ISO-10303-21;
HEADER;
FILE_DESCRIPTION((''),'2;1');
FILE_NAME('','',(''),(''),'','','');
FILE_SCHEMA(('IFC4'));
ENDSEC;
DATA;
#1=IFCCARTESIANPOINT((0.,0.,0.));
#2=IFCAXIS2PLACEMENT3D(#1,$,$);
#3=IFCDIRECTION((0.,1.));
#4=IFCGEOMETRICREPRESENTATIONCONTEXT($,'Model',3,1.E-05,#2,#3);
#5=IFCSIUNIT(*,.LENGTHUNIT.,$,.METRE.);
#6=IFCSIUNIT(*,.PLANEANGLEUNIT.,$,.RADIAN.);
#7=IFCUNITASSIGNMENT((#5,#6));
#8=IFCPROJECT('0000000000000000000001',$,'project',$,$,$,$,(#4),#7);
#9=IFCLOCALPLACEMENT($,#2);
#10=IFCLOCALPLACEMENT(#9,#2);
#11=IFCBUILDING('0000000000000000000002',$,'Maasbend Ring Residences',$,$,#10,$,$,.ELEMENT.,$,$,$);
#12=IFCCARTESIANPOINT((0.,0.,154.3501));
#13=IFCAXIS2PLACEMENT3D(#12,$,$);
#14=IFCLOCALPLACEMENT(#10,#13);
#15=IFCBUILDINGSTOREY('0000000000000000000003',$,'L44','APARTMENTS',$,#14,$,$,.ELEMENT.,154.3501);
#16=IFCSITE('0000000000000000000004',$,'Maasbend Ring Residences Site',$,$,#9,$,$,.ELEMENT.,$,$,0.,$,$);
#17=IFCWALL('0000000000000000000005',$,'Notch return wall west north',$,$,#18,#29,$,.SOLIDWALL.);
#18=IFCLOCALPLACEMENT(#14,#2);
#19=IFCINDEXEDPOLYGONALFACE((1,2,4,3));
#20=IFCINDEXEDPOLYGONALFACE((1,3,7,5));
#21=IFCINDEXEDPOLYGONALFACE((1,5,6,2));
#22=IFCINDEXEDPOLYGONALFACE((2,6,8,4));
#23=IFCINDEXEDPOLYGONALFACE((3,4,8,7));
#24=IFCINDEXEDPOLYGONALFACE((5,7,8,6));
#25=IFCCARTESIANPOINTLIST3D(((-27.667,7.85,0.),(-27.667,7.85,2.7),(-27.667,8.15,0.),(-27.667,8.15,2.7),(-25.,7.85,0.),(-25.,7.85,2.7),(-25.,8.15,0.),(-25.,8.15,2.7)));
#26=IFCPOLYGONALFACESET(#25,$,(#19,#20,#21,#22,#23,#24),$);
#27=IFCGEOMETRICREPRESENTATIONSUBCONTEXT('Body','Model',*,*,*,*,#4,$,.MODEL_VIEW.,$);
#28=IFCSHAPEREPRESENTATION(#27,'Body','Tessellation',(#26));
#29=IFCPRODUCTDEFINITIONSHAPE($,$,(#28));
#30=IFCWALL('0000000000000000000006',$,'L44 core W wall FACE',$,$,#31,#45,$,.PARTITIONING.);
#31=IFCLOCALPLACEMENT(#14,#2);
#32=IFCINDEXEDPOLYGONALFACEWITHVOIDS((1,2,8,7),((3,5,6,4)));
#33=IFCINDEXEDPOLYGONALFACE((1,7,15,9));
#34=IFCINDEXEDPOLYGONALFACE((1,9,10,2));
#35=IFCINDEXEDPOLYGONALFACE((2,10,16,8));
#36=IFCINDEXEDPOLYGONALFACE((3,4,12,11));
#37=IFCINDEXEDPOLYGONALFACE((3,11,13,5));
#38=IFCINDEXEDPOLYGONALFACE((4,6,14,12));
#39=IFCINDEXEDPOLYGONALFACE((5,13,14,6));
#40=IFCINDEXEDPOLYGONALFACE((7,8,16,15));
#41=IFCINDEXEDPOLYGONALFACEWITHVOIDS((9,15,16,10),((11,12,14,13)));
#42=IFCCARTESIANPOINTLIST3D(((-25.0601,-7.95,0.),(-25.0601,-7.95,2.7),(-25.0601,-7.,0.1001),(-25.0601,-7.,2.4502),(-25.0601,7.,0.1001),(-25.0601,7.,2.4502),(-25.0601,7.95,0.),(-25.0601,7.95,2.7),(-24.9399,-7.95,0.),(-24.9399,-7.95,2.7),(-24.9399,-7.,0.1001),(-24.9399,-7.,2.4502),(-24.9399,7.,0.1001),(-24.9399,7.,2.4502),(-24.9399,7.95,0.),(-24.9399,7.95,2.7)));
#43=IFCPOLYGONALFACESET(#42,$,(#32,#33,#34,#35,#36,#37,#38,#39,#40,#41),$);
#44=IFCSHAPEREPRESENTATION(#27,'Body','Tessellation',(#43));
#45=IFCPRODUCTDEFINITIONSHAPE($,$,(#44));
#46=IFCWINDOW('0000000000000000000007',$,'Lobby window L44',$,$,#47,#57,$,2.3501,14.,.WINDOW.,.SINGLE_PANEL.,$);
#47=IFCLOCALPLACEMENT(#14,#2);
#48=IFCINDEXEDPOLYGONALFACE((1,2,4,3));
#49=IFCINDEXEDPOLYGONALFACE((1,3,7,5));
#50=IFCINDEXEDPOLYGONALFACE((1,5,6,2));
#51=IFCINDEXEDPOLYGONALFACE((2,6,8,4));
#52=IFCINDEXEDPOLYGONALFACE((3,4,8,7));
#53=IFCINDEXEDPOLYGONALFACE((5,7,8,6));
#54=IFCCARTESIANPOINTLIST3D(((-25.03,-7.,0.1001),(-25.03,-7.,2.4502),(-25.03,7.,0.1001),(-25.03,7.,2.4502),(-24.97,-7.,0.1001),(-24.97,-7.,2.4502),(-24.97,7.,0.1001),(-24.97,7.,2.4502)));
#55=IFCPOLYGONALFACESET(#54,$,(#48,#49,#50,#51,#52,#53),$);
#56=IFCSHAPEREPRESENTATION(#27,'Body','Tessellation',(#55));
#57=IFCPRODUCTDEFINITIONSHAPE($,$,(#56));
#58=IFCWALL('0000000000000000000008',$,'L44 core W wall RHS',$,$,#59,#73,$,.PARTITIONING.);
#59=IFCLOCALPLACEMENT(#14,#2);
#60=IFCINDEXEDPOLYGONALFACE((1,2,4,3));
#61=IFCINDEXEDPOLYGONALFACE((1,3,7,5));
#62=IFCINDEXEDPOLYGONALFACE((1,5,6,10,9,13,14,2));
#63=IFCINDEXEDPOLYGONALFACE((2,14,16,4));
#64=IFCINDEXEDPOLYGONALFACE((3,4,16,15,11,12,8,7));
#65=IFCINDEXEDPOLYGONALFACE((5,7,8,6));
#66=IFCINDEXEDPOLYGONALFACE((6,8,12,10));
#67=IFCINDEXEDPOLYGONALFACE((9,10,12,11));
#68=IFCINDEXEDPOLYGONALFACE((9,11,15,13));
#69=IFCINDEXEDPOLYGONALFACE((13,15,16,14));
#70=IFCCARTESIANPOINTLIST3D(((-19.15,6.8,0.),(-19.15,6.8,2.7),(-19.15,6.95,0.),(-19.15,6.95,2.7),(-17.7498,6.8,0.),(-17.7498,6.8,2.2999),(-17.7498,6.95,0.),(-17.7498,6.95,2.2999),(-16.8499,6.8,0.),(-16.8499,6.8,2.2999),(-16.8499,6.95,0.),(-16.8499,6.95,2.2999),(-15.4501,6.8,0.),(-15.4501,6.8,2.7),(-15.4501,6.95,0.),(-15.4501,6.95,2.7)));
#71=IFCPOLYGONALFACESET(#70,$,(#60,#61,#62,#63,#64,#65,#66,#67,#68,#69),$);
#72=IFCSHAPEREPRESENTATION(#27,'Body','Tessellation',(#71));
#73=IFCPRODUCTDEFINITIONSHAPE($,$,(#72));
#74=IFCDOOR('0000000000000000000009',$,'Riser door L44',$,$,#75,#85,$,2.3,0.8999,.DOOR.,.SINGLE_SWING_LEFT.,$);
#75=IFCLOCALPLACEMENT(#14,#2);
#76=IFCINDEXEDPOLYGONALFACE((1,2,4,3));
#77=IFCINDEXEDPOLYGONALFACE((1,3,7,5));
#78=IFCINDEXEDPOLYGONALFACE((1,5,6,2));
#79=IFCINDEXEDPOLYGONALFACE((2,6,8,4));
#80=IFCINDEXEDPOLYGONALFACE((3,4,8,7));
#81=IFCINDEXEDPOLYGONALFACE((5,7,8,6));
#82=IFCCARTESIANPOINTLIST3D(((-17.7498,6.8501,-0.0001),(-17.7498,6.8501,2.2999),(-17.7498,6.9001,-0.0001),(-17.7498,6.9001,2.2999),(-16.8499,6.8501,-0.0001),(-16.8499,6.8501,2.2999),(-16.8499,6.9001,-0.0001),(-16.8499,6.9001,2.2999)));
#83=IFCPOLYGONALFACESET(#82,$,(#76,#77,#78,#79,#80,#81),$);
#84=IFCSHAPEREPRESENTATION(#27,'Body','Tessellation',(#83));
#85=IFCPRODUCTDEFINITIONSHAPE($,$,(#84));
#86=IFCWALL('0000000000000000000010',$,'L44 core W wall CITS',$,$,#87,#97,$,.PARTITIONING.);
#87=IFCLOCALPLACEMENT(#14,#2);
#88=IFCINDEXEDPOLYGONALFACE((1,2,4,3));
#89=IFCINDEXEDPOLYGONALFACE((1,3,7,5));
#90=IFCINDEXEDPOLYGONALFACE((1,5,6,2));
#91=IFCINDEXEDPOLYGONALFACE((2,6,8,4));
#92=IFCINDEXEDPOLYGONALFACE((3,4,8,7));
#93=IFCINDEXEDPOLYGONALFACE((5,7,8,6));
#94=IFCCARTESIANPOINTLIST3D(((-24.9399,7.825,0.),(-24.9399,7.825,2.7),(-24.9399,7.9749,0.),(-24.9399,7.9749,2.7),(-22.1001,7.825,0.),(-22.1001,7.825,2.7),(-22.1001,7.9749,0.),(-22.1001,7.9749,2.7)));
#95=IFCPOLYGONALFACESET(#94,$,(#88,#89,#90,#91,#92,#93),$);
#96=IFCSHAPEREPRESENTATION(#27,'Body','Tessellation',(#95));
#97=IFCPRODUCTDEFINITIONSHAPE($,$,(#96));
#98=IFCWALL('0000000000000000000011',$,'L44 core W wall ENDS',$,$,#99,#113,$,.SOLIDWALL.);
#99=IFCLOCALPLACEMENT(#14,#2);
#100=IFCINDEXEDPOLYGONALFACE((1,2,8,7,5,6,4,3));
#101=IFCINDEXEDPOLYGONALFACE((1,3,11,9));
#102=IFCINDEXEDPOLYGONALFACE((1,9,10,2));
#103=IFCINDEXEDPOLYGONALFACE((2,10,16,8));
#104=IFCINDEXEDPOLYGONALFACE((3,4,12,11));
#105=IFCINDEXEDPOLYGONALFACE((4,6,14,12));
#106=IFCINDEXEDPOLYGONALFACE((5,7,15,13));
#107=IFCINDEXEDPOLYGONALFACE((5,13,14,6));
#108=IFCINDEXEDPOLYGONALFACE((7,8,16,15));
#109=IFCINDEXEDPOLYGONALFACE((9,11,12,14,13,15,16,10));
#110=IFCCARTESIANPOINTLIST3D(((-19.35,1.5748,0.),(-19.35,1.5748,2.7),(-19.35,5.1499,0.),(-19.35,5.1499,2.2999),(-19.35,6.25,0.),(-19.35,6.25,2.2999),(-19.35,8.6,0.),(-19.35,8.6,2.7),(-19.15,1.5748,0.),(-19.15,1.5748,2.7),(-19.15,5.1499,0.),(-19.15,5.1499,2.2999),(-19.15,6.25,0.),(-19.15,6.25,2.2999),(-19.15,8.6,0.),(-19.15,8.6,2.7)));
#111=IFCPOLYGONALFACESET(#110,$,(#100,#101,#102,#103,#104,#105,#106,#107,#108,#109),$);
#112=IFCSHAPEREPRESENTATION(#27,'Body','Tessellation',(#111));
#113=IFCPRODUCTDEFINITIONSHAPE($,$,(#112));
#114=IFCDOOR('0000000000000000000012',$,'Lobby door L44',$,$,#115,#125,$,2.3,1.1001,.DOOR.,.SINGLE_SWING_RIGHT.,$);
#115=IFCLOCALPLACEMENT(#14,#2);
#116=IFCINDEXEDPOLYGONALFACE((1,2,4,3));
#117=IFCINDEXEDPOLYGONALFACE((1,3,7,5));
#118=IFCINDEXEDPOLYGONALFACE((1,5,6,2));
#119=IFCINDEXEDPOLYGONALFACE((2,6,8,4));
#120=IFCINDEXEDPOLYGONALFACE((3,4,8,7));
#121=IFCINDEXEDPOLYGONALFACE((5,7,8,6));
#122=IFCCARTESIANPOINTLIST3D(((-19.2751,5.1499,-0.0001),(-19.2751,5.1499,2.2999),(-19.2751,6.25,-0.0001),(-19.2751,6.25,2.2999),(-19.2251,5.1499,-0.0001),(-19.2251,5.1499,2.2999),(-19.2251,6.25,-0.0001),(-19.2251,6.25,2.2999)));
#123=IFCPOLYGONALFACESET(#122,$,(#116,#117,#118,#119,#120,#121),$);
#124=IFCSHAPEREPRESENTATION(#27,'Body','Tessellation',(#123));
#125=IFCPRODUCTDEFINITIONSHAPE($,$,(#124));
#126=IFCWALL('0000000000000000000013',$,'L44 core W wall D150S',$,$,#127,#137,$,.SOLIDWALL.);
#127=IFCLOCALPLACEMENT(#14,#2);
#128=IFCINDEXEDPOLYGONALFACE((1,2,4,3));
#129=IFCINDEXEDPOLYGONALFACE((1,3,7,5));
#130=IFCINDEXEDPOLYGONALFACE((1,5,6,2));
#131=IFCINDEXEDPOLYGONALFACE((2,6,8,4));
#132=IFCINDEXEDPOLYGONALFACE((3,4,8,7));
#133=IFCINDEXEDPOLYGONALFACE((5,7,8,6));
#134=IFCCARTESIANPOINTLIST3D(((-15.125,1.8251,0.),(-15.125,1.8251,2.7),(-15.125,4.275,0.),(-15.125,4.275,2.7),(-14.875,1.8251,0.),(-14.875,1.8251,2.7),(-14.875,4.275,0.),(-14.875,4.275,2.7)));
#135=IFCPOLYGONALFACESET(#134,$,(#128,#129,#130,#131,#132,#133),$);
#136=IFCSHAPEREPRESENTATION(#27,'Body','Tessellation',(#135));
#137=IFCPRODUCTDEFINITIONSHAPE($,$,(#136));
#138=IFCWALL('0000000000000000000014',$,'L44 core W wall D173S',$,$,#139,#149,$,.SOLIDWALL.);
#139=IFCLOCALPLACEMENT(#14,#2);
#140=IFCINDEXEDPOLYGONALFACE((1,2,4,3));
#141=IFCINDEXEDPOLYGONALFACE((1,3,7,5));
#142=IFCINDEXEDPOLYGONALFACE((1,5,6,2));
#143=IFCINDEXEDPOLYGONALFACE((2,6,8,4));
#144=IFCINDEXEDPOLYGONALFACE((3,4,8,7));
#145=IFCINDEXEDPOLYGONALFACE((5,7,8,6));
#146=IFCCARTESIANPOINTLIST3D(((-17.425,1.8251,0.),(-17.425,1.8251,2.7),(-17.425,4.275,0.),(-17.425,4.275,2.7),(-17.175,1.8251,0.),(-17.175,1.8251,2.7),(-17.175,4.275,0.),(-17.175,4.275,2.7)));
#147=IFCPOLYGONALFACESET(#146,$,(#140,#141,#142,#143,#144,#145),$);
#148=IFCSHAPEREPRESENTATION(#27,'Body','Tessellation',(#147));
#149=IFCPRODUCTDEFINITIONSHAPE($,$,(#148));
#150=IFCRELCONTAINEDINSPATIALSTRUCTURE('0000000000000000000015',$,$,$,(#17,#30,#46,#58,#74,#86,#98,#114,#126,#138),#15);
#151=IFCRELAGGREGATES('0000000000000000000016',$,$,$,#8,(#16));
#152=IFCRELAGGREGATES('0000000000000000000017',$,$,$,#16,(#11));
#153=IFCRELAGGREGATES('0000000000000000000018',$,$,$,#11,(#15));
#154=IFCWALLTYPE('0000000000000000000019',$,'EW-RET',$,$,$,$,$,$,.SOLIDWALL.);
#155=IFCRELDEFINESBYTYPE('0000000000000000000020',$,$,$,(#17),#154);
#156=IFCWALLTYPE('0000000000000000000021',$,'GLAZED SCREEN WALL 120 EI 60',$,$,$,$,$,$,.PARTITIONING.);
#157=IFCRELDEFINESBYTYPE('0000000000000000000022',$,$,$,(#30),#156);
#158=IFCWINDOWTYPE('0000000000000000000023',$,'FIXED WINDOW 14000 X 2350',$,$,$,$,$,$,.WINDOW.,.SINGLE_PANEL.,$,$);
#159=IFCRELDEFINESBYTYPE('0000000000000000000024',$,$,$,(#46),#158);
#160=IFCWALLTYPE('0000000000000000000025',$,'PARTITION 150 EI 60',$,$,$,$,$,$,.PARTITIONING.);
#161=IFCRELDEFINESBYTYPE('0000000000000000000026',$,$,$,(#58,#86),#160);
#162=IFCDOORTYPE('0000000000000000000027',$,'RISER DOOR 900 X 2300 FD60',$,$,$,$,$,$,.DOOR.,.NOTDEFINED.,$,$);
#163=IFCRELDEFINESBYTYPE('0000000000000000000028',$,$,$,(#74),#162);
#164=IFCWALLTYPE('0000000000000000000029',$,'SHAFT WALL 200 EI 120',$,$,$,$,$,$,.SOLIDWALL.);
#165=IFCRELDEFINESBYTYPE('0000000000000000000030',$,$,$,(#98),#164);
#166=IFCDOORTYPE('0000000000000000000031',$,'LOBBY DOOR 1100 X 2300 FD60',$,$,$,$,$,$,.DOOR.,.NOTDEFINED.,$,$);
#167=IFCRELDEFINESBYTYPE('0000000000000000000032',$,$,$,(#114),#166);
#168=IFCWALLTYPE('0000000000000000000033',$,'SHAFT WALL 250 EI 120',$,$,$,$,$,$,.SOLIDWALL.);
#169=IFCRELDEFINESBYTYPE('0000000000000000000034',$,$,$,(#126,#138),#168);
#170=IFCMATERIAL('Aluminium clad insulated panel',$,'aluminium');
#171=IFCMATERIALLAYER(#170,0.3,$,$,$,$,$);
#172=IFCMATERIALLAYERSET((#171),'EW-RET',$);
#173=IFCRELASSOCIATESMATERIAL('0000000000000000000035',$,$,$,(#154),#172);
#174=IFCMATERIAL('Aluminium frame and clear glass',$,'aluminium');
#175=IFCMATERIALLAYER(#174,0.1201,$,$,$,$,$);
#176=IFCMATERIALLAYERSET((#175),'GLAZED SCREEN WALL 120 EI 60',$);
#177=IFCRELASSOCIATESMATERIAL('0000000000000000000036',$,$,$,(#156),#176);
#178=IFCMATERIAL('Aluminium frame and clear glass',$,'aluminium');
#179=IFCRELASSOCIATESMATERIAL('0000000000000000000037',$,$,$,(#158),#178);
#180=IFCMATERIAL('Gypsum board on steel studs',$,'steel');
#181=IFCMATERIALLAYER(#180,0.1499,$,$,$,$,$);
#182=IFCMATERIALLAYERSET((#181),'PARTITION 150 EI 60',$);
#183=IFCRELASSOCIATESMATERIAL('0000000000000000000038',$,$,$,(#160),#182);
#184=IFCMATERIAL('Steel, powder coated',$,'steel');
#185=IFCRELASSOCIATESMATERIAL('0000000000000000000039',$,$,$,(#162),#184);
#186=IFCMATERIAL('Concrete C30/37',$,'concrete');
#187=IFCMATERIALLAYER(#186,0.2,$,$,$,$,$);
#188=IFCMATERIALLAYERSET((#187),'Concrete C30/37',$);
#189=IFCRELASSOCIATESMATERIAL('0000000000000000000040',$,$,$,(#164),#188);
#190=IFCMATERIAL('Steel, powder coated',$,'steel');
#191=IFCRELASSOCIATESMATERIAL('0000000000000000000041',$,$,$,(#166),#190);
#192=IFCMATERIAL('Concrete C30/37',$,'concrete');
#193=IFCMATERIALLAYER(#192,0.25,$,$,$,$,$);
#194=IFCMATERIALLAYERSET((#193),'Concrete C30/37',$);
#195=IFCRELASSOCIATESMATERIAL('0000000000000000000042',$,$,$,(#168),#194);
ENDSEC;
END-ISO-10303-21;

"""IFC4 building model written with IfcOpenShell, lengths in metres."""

from ifc_helpers import new_model, si_unit, direction, frame, frame_2d, origin, place, context, subcontext, project, spatial, rectangle, extrude, material, layer, layer_set, type_object, element, fill, save


model = new_model("IFC4")

# Units and contexts
model_context = context("Model", 3, precision=1e-05, world=origin(), true_north=direction((0.0, 1.0)))
body_context = subcontext(model_context, "Body", "Model", "MODEL_VIEW")
ifc_project = project(units=[si_unit("LENGTHUNIT", "METRE"), si_unit("PLANEANGLEUNIT", "RADIAN")], contexts=[model_context])

# Site, building, storey
site_placement = place(None, origin())
site = spatial("IfcSite", under=ifc_project, at=site_placement, Name="Maasbend Ring Residences Site", CompositionType="ELEMENT", RefElevation=0.0)
building_placement = place(site_placement, origin())
building = spatial("IfcBuilding", under=site, at=building_placement, Name="Maasbend Ring Residences", CompositionType="ELEMENT")
storey_placement = place(building_placement, frame((0.0, 0.0, 154.3501)))
storey = spatial("IfcBuildingStorey", under=building, at=storey_placement, Name="L44", Description="APARTMENTS", CompositionType="ELEMENT", Elevation=154.3501)

# Wall
ifc_material_1 = material(Name="Aluminium clad insulated panel", Category="aluminium")
ifc_layer_1 = layer(ifc_material_1, 0.3)
ifc_layer_set_1 = layer_set([ifc_layer_1], Name="EW-RET")
wall_type_1 = type_object("IfcWallType", Name="EW-RET", PredefinedType="SOLIDWALL", material=ifc_layer_set_1)
wall_1_placement = place(storey_placement, frame((-25.0, 8.0, 0.0), z_axis=(0.0, 0.0, 1.0), x_axis=(-1.0, 0.0, 0.0)))
element("IfcWall", 1, at=wall_1_placement, inside=storey, type_object=wall_type_1, Name="Notch return wall west north", PredefinedType="SOLIDWALL", context=body_context, shape_type="SweptSolid", body=[
    extrude(rectangle(XDim=2.667, YDim=0.3, at=frame_2d((1.3335, 0.0))), origin(), (0.0, 0.0, 1.0), 2.7),
])

# Wall, opening, window
ifc_material_2 = material(Name="Aluminium frame and clear glass", Category="aluminium")
ifc_layer_2 = layer(ifc_material_2, 0.1201)
ifc_layer_set_2 = layer_set([ifc_layer_2], Name="GLAZED SCREEN WALL 120 EI 60")
wall_type_2 = type_object("IfcWallType", Name="GLAZED SCREEN WALL 120 EI 60", PredefinedType="PARTITIONING", material=ifc_layer_set_2)
wall_2_placement = place(storey_placement, frame((-25.0, 7.95, 0.0), z_axis=(0.0, 0.0, 1.0), x_axis=(0.0, -1.0, 0.0)))
wall_2 = element("IfcWall", 2, at=wall_2_placement, inside=storey, type_object=wall_type_2, Name="L44 core W wall FACE", PredefinedType="PARTITIONING", context=body_context, shape_type="SweptSolid", body=[
    extrude(rectangle(XDim=15.8999, YDim=0.1201, at=frame_2d((7.95, 0.0))), origin(), (0.0, 0.0, 1.0), 2.7),
])
opening_1_placement = place(wall_2_placement, frame((0.95, 0.0, 0.1001)))
opening_1 = element("IfcOpeningElement", 3, at=opening_1_placement, cuts=wall_2, PredefinedType="OPENING", context=body_context, shape_type="SweptSolid", body=[
    extrude(rectangle(XDim=14.0, YDim=2.3501, at=frame_2d((7.0, 1.175))), frame((0.0, 0.0701, 0.0), z_axis=(0.0, -1.0, 0.0), x_axis=(1.0, 0.0, 0.0)), (0.0, 0.0, 1.0), 0.1401),
])
ifc_material_3 = material(Name="Aluminium frame and clear glass", Category="aluminium")
window_type_1 = type_object("IfcWindowType", Name="FIXED WINDOW 14000 X 2350", PartitioningType="SINGLE_PANEL", PredefinedType="WINDOW", material=ifc_material_3)
window_1_placement = place(opening_1_placement, origin())
window_1 = element("IfcWindow", 4, at=window_1_placement, inside=storey, type_object=window_type_1, Name="Lobby window L44", OverallHeight=2.3501, OverallWidth=14.0, PartitioningType="SINGLE_PANEL", PredefinedType="WINDOW", context=body_context, shape_type="SweptSolid", body=[
    extrude(rectangle(XDim=14.0, YDim=2.3501, at=frame_2d((7.0, 1.175))), frame((0.0, 0.03, 0.0), z_axis=(0.0, -1.0, 0.0), x_axis=(1.0, 0.0, 0.0)), (0.0, 0.0, 1.0), 0.0601),
])
fill(opening_1, window_1)

# Wall, opening, door
ifc_material_4 = material(Name="Gypsum board on steel studs", Category="steel")
ifc_layer_3 = layer(ifc_material_4, 0.1499)
ifc_layer_set_3 = layer_set([ifc_layer_3], Name="PARTITION 150 EI 60")
wall_type_3 = type_object("IfcWallType", Name="PARTITION 150 EI 60", PredefinedType="PARTITIONING", material=ifc_layer_set_3)
wall_3_placement = place(storey_placement, frame((-15.45, 6.875, 0.0), z_axis=(0.0, 0.0, 1.0), x_axis=(-1.0, 0.0, 0.0)))
wall_3 = element("IfcWall", 5, at=wall_3_placement, inside=storey, type_object=wall_type_3, Name="L44 core W wall RHS", PredefinedType="PARTITIONING", context=body_context, shape_type="SweptSolid", body=[
    extrude(rectangle(XDim=3.7, YDim=0.1499, at=frame_2d((1.8501, 0.0))), origin(), (0.0, 0.0, 1.0), 2.7),
])
opening_2_placement = place(wall_3_placement, frame((1.3999, 0.0, 0.0)))
opening_2 = element("IfcOpeningElement", 6, at=opening_2_placement, cuts=wall_3, PredefinedType="OPENING", context=body_context, shape_type="SweptSolid", body=[
    extrude(rectangle(XDim=0.8999, YDim=2.3, at=frame_2d((0.45, 1.1499))), frame((0.0, 0.085, 0.0), z_axis=(0.0, -1.0, 0.0), x_axis=(1.0, 0.0, 0.0)), (0.0, 0.0, 1.0), 0.1699),
])
ifc_material_5 = material(Name="Steel, powder coated", Category="steel")
door_type_1 = type_object("IfcDoorType", Name="RISER DOOR 900 X 2300 FD60", OperationType="NOTDEFINED", PredefinedType="DOOR", material=ifc_material_5)
door_1_placement = place(opening_2_placement, origin())
door_1 = element("IfcDoor", 7, at=door_1_placement, inside=storey, type_object=door_type_1, Name="Riser door L44", OperationType="SINGLE_SWING_LEFT", OverallHeight=2.3, OverallWidth=0.8999, PredefinedType="DOOR", context=body_context, shape_type="SweptSolid", body=[
    extrude(rectangle(XDim=0.8999, YDim=2.3, at=frame_2d((0.45, 1.1499))), frame((0.0, 0.0249, 0.0), z_axis=(0.0, -1.0, 0.0), x_axis=(1.0, 0.0, 0.0)), (0.0, 0.0, 1.0), 0.05),
])
fill(opening_2, door_1)

# Wall
wall_4_placement = place(storey_placement, frame((-22.1001, 7.8999, 0.0), z_axis=(0.0, 0.0, 1.0), x_axis=(-1.0, 0.0, 0.0)))
element("IfcWall", 8, at=wall_4_placement, inside=storey, type_object=wall_type_3, Name="L44 core W wall CITS", PredefinedType="PARTITIONING", context=body_context, shape_type="SweptSolid", body=[
    extrude(rectangle(XDim=2.8398, YDim=0.1499, at=frame_2d((1.4199, 0.0))), origin(), (0.0, 0.0, 1.0), 2.7),
])

# Wall, opening, door
ifc_material_6 = material(Name="Concrete C30/37", Category="concrete")
ifc_layer_4 = layer(ifc_material_6, 0.2)
ifc_layer_set_4 = layer_set([ifc_layer_4], Name="Concrete C30/37")
wall_type_4 = type_object("IfcWallType", Name="SHAFT WALL 200 EI 120", PredefinedType="SOLIDWALL", material=ifc_layer_set_4)
wall_5_placement = place(storey_placement, frame((-19.25, 8.6001, 0.0), z_axis=(0.0, 0.0, 1.0), x_axis=(0.0, -1.0, 0.0)))
wall_5 = element("IfcWall", 9, at=wall_5_placement, inside=storey, type_object=wall_type_4, Name="L44 core W wall ENDS", PredefinedType="SOLIDWALL", context=body_context, shape_type="SweptSolid", body=[
    extrude(rectangle(XDim=7.0251, YDim=0.2, at=frame_2d((3.5127, 0.0))), origin(), (0.0, 0.0, 1.0), 2.7),
])
opening_3_placement = place(wall_5_placement, frame((2.3501, 0.0, 0.0)))
opening_3 = element("IfcOpeningElement", 10, at=opening_3_placement, cuts=wall_5, PredefinedType="OPENING", context=body_context, shape_type="SweptSolid", body=[
    extrude(rectangle(XDim=1.1001, YDim=2.3, at=frame_2d((0.55, 1.1499))), frame((0.0, 0.1099, 0.0), z_axis=(0.0, -1.0, 0.0), x_axis=(1.0, 0.0, 0.0)), (0.0, 0.0, 1.0), 0.22),
])
ifc_material_7 = material(Name="Steel, powder coated", Category="steel")
door_type_2 = type_object("IfcDoorType", Name="LOBBY DOOR 1100 X 2300 FD60", OperationType="NOTDEFINED", PredefinedType="DOOR", material=ifc_material_7)
door_2_placement = place(opening_3_placement, origin())
door_2 = element("IfcDoor", 11, at=door_2_placement, inside=storey, type_object=door_type_2, Name="Lobby door L44", OperationType="SINGLE_SWING_RIGHT", OverallHeight=2.3, OverallWidth=1.1001, PredefinedType="DOOR", context=body_context, shape_type="SweptSolid", body=[
    extrude(rectangle(XDim=1.1001, YDim=2.3, at=frame_2d((0.55, 1.1499))), frame((0.0, 0.0249, 0.0), z_axis=(0.0, -1.0, 0.0), x_axis=(1.0, 0.0, 0.0)), (0.0, 0.0, 1.0), 0.05),
])
fill(opening_3, door_2)

# Walls
ifc_material_8 = material(Name="Concrete C30/37", Category="concrete")
ifc_layer_5 = layer(ifc_material_8, 0.25)
ifc_layer_set_5 = layer_set([ifc_layer_5], Name="Concrete C30/37")
wall_type_5 = type_object("IfcWallType", Name="SHAFT WALL 250 EI 120", PredefinedType="SOLIDWALL", material=ifc_layer_set_5)
for number, where, z_axis, x_axis, name in (
    (12, (-15.0, 1.825, 0.0), (0.0, 0.0, 1.0), (0.0, 1.0, 0.0), "L44 core W wall D150S"),
    (13, (-17.3, 1.825, 0.0), (0.0, 0.0, 1.0), (0.0, 1.0, 0.0), "L44 core W wall D173S"),
):
    element("IfcWall", number, at=place(storey_placement, frame(where, z_axis=z_axis, x_axis=x_axis)), inside=storey, type_object=wall_type_5, Name=name, PredefinedType="SOLIDWALL", context=body_context, shape_type="SweptSolid", body=[
        extrude(rectangle(XDim=2.45, YDim=0.25, at=frame_2d((1.2251, 0.0))), origin(), (0.0, 0.0, 1.0), 2.7),
    ])

save(model, "model.ifc")
